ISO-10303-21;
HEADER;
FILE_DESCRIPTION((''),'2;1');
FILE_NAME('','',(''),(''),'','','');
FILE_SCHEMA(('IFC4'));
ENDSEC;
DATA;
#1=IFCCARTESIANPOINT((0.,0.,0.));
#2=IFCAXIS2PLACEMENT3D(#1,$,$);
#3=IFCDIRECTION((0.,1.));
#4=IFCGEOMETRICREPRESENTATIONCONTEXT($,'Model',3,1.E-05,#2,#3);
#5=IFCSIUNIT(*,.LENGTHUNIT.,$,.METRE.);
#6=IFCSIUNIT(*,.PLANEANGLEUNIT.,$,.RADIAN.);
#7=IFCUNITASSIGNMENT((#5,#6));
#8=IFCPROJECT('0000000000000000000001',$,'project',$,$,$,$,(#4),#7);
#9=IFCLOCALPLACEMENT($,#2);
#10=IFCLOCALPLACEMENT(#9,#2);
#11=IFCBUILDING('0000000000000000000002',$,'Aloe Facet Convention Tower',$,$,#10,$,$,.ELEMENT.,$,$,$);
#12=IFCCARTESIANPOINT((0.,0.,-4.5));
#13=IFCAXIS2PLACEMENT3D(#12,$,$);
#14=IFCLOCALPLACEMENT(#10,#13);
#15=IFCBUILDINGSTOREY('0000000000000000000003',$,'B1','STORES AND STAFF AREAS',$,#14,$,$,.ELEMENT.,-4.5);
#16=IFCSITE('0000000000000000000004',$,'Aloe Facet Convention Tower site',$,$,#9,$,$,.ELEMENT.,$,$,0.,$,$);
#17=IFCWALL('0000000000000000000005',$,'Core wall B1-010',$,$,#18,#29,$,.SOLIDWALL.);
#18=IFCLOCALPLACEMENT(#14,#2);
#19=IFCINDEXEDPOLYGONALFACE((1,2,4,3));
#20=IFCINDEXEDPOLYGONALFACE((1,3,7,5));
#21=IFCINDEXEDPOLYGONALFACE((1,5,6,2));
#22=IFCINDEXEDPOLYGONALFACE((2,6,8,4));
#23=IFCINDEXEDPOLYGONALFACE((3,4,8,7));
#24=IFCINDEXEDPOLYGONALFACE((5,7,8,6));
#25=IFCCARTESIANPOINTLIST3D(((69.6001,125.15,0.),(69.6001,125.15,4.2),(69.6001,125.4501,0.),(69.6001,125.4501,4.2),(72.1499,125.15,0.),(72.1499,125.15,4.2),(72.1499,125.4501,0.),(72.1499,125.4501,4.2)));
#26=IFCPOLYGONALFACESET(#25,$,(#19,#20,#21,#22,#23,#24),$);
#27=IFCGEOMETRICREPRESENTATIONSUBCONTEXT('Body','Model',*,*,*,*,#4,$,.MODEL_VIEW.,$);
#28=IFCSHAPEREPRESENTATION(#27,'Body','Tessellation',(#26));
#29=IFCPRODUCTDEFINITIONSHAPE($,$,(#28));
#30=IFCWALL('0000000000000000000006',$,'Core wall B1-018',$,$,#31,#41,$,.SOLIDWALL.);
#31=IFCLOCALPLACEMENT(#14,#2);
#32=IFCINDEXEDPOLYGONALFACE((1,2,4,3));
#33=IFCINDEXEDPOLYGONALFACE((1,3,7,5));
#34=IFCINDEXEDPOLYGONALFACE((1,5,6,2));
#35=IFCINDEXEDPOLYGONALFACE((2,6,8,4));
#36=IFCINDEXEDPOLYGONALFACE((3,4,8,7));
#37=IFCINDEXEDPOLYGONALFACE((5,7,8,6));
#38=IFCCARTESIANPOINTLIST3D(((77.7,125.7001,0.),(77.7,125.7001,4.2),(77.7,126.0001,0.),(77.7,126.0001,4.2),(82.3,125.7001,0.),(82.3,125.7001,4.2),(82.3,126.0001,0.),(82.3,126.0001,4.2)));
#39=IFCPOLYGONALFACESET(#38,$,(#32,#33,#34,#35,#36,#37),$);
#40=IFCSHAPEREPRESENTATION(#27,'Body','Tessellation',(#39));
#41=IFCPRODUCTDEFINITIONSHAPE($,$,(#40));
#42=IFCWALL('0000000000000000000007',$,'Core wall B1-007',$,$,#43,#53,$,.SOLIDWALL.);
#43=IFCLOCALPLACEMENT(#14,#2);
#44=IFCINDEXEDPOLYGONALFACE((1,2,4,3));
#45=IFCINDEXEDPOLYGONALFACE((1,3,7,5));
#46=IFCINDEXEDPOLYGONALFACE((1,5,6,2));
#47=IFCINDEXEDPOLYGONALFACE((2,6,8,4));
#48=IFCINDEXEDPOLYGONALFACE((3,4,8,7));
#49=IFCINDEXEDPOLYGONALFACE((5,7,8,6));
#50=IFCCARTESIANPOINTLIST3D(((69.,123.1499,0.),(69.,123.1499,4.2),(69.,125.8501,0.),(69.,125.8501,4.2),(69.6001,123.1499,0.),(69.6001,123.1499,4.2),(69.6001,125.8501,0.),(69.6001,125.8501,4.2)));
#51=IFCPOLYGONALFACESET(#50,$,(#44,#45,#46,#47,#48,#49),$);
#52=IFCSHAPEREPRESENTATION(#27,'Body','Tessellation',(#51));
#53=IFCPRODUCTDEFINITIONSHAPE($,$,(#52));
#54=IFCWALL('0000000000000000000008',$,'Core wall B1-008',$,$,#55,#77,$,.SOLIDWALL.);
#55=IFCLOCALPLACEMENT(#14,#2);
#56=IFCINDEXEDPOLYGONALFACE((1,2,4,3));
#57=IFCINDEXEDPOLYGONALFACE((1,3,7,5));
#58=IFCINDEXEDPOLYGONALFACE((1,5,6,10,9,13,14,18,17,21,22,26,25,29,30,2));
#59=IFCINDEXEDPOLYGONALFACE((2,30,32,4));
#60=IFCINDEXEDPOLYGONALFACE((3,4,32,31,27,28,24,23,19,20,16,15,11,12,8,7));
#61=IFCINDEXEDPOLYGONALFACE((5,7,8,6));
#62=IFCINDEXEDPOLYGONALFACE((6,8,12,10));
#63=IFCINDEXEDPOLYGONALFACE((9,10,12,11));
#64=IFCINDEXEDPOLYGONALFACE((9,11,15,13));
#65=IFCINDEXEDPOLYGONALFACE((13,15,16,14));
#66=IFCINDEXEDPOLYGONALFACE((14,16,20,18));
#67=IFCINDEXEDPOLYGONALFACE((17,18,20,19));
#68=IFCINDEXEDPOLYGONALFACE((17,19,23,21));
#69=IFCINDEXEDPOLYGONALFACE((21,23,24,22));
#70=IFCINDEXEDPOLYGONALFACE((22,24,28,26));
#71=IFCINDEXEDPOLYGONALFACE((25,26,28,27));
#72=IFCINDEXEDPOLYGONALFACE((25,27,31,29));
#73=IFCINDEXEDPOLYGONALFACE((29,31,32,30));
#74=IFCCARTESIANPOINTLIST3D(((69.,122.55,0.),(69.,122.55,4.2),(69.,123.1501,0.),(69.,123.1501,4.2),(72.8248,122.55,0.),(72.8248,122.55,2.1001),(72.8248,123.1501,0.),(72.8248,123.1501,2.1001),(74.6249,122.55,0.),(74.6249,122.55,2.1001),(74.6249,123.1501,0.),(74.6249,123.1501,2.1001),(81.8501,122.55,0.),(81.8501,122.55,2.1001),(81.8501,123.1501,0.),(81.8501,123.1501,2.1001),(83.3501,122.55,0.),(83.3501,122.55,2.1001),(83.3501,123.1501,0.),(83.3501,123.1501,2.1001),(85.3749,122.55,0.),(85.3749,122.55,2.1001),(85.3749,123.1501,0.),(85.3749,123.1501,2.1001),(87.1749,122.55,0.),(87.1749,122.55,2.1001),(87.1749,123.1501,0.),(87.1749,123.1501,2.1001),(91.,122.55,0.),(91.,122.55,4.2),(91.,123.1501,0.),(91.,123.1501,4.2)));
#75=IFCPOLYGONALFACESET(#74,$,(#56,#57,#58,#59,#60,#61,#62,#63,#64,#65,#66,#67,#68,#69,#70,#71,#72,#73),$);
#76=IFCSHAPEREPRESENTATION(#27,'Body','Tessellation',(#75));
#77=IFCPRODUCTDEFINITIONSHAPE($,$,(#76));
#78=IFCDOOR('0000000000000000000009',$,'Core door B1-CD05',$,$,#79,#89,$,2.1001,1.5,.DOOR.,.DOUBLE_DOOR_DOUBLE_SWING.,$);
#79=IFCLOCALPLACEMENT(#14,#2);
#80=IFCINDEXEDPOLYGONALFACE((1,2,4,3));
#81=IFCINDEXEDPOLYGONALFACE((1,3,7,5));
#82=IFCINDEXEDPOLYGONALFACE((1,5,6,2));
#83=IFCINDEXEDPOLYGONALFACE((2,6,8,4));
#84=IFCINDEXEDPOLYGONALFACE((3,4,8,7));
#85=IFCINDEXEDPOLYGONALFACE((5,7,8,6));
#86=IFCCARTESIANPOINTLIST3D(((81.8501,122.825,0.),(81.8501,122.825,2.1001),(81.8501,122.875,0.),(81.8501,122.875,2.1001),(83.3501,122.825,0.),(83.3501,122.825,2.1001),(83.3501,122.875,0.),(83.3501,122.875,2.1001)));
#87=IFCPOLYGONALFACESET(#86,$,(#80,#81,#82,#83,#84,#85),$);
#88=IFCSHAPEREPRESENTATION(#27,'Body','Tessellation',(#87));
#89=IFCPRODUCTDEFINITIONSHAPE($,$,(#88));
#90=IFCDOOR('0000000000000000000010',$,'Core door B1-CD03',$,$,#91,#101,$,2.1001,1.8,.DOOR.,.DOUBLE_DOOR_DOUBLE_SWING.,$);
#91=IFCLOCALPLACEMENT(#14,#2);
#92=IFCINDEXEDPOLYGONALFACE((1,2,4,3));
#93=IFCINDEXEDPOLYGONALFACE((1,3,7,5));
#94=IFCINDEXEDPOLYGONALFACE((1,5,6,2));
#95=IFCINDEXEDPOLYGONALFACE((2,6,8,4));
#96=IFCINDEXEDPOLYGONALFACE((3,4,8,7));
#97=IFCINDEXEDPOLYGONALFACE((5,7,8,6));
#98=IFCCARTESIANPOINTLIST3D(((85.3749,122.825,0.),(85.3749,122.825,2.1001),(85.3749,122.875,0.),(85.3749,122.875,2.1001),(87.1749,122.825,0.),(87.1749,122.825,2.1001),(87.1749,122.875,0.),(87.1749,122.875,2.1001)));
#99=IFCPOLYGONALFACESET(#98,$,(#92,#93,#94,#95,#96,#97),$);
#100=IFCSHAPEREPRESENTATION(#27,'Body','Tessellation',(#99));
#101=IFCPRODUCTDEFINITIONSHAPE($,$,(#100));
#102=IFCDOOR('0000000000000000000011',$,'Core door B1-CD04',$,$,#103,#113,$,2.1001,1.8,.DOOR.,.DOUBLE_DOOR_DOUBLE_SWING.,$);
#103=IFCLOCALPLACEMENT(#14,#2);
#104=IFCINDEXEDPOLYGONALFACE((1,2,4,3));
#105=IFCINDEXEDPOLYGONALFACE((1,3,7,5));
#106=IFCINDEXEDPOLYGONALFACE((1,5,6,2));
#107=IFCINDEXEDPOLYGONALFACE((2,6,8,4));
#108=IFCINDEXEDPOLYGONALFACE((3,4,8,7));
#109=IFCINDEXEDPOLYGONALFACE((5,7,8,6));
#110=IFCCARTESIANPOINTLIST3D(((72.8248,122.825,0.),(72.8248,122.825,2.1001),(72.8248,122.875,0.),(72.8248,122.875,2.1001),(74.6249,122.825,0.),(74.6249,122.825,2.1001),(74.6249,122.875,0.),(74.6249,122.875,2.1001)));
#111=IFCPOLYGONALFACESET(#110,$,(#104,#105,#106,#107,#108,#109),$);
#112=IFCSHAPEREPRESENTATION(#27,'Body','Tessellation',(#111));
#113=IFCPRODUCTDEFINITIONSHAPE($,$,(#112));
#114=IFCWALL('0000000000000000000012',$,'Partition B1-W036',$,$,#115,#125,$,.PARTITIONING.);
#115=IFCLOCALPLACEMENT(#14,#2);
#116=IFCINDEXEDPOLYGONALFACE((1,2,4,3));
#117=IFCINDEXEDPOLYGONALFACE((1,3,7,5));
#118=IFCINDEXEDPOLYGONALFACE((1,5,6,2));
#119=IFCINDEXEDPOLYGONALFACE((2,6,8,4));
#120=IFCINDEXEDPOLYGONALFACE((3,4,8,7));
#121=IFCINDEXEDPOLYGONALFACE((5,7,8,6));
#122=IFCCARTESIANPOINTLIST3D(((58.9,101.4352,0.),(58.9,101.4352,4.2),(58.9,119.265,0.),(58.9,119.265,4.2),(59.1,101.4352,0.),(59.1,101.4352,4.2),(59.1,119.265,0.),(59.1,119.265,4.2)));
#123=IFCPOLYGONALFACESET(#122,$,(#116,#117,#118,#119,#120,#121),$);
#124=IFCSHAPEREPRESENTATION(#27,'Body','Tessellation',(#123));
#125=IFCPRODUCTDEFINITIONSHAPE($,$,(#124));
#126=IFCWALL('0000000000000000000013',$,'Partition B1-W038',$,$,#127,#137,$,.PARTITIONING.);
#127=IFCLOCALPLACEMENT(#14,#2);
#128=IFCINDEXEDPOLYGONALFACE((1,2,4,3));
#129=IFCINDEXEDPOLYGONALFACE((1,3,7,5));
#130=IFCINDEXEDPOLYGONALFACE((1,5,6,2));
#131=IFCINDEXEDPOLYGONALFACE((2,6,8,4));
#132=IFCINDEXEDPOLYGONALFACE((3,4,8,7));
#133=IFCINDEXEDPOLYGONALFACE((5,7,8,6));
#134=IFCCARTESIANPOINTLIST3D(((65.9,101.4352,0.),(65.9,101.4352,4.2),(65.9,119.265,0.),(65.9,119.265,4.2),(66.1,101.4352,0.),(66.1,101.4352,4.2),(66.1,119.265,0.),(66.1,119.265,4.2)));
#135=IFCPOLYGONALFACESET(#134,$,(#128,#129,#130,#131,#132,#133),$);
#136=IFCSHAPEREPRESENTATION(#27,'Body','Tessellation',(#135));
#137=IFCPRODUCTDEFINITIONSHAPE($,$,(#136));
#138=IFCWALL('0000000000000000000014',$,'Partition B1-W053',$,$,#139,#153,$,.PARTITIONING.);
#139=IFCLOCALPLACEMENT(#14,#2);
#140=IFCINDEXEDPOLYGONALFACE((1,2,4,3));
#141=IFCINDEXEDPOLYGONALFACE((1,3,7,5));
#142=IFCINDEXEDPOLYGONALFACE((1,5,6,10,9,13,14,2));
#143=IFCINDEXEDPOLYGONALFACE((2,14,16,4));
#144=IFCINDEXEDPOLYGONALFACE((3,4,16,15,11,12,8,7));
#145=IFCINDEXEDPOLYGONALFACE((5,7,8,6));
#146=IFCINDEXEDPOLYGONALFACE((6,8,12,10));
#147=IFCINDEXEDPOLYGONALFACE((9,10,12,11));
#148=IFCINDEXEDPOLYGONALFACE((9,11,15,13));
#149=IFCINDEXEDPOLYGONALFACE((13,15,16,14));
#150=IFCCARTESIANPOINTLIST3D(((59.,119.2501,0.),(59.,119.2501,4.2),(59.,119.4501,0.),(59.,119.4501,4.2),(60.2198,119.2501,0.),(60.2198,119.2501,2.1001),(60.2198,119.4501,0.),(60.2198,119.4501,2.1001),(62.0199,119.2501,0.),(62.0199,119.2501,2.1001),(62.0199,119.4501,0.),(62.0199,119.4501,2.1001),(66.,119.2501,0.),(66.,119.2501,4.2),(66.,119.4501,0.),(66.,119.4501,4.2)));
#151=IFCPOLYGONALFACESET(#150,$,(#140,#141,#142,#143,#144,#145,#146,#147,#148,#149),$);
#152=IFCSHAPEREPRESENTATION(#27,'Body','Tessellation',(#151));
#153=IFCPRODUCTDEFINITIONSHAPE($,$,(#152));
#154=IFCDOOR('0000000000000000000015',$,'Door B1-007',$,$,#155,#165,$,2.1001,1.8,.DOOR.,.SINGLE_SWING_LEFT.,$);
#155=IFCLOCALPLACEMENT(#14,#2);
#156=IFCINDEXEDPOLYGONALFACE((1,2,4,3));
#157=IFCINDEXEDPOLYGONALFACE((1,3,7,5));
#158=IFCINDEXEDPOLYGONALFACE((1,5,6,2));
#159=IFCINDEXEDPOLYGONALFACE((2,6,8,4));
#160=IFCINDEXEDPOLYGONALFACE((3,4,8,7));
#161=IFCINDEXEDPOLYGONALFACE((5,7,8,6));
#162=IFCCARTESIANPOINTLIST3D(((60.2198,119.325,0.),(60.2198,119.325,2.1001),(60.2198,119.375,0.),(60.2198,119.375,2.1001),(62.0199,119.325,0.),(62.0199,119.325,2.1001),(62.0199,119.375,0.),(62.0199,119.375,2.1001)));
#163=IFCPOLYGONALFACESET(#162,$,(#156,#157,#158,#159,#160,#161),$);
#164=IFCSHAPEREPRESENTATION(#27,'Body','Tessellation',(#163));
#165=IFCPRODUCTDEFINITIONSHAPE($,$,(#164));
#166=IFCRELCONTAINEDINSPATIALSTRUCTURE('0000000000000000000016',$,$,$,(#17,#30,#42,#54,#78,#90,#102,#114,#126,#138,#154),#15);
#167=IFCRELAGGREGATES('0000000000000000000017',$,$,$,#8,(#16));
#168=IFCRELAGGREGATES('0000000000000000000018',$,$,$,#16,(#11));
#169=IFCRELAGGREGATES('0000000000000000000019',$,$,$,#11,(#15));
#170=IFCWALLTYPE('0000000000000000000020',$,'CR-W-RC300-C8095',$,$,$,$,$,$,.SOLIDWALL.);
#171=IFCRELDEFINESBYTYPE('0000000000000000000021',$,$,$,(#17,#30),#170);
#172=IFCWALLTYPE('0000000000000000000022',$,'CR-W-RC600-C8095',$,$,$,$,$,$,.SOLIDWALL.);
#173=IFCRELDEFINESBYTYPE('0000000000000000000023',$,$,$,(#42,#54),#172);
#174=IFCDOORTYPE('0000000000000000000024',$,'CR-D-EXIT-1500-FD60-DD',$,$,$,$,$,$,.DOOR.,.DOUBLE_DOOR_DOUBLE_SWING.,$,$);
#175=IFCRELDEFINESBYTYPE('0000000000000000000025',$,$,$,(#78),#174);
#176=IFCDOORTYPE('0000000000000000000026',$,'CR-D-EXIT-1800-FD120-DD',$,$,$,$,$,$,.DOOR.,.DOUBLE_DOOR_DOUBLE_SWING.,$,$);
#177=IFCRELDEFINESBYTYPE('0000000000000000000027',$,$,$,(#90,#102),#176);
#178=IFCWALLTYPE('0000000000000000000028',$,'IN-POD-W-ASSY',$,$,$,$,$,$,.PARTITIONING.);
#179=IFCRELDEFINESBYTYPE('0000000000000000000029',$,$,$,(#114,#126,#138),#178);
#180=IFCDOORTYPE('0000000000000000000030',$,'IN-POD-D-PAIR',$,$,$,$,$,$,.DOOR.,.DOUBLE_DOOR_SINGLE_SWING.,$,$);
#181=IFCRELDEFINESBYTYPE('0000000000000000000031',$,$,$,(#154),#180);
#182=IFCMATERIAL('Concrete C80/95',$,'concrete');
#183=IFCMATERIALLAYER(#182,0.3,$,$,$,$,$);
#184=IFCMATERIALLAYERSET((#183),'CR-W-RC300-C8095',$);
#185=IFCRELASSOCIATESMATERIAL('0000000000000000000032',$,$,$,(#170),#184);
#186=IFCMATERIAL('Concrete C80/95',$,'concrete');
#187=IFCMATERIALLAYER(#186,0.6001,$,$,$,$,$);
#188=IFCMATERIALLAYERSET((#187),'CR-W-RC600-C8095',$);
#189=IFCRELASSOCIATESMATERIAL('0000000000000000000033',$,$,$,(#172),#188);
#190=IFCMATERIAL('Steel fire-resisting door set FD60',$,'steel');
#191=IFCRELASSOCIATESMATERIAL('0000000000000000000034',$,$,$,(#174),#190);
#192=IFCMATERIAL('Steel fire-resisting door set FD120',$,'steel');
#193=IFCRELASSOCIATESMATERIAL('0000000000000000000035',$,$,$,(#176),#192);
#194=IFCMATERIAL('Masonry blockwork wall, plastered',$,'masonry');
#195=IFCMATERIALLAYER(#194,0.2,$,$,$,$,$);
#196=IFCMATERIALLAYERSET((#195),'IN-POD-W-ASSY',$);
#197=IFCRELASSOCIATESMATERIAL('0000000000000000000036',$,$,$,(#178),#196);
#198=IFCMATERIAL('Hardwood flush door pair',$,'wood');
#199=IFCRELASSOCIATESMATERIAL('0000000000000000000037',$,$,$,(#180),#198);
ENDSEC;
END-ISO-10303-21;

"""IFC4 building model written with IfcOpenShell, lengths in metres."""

from ifc_helpers import new_model, si_unit, direction, frame, frame_2d, origin, place, context, subcontext, project, spatial, rectangle, extrude, material, layer, layer_set, type_object, element, fill, save


model = new_model("IFC4")

# Units and contexts
model_context = context("Model", 3, precision=1e-05, world=origin(), true_north=direction((0.0, 1.0)))
body_context = subcontext(model_context, "Body", "Model", "MODEL_VIEW")
ifc_project = project(units=[si_unit("LENGTHUNIT", "METRE"), si_unit("PLANEANGLEUNIT", "RADIAN")], contexts=[model_context])

# Site, building, storey
site_placement = place(None, origin())
site = spatial("IfcSite", under=ifc_project, at=site_placement, Name="Aloe Facet Convention Tower site", CompositionType="ELEMENT", RefElevation=0.0)
building_placement = place(site_placement, origin())
building = spatial("IfcBuilding", under=site, at=building_placement, Name="Aloe Facet Convention Tower", CompositionType="ELEMENT")
storey_placement = place(building_placement, frame((0.0, 0.0, -4.5)))
storey = spatial("IfcBuildingStorey", under=building, at=storey_placement, Name="B1", Description="STORES AND STAFF AREAS", CompositionType="ELEMENT", Elevation=-4.5)

# Walls
ifc_material_1 = material(Name="Concrete C80/95", Category="concrete")
ifc_layer_1 = layer(ifc_material_1, 0.3)
ifc_layer_set_1 = layer_set([ifc_layer_1], Name="CR-W-RC300-C8095")
wall_type_1 = type_object("IfcWallType", Name="CR-W-RC300-C8095", PredefinedType="SOLIDWALL", material=ifc_layer_set_1)
wall_1_placement = place(storey_placement, frame((69.6001, 125.3, 0.0), z_axis=(0.0, 0.0, 1.0), x_axis=(1.0, 0.0, 0.0)))
element("IfcWall", 1, at=wall_1_placement, inside=storey, type_object=wall_type_1, Name="Core wall B1-010", PredefinedType="SOLIDWALL", context=body_context, shape_type="SweptSolid", body=[
    extrude(rectangle(XDim=2.5498, YDim=0.3, at=frame_2d((1.2749, 0.0))), origin(), (0.0, 0.0, 1.0), 4.2),
])
wall_2_placement = place(storey_placement, frame((77.7, 125.8501, 0.0), z_axis=(0.0, 0.0, 1.0), x_axis=(1.0, 0.0, 0.0)))
element("IfcWall", 2, at=wall_2_placement, inside=storey, type_object=wall_type_1, Name="Core wall B1-018", PredefinedType="SOLIDWALL", context=body_context, shape_type="SweptSolid", body=[
    extrude(rectangle(XDim=4.6001, YDim=0.3, at=frame_2d((2.3, 0.0))), origin(), (0.0, 0.0, 1.0), 4.2),
])
ifc_material_2 = material(Name="Concrete C80/95", Category="concrete")
ifc_layer_2 = layer(ifc_material_2, 0.6001)
ifc_layer_set_2 = layer_set([ifc_layer_2], Name="CR-W-RC600-C8095")
wall_type_2 = type_object("IfcWallType", Name="CR-W-RC600-C8095", PredefinedType="SOLIDWALL", material=ifc_layer_set_2)
wall_3_placement = place(storey_placement, frame((69.3, 125.8501, 0.0), z_axis=(0.0, 0.0, 1.0), x_axis=(0.0, -1.0, 0.0)))
element("IfcWall", 3, at=wall_3_placement, inside=storey, type_object=wall_type_2, Name="Core wall B1-007", PredefinedType="SOLIDWALL", context=body_context, shape_type="SweptSolid", body=[
    extrude(rectangle(XDim=2.7002, YDim=0.6001, at=frame_2d((1.3501, 0.0))), origin(), (0.0, 0.0, 1.0), 4.2),
])

# Wall, openings, doors
wall_4_placement = place(storey_placement, frame((69.0, 122.8501, 0.0), z_axis=(0.0, 0.0, 1.0), x_axis=(1.0, 0.0, 0.0)))
wall_4 = element("IfcWall", 4, at=wall_4_placement, inside=storey, type_object=wall_type_2, Name="Core wall B1-008", PredefinedType="SOLIDWALL", context=body_context, shape_type="SweptSolid", body=[
    extrude(rectangle(XDim=22.0, YDim=0.6001, at=frame_2d((11.0, 0.0))), origin(), (0.0, 0.0, 1.0), 4.2),
])
opening_1_placement = place(wall_4_placement, frame((16.375, 0.0, 0.0)))
opening_1 = element("IfcOpeningElement", 5, at=opening_1_placement, cuts=wall_4, PredefinedType="OPENING", context=body_context, shape_type="SweptSolid", body=[
    extrude(rectangle(XDim=1.8, YDim=2.1001, at=frame_2d((0.8999, 1.05))), frame((0.0, 0.3101, 0.0), z_axis=(0.0, -1.0, 0.0), x_axis=(1.0, 0.0, 0.0)), (0.0, 0.0, 1.0), 0.6201),
])
opening_2_placement = place(wall_4_placement, frame((3.825, 0.0, 0.0)))
opening_2 = element("IfcOpeningElement", 6, at=opening_2_placement, cuts=wall_4, PredefinedType="OPENING", context=body_context, shape_type="SweptSolid", body=[
    extrude(rectangle(XDim=1.8, YDim=2.1001, at=frame_2d((0.8999, 1.05))), frame((0.0, 0.3101, 0.0), z_axis=(0.0, -1.0, 0.0), x_axis=(1.0, 0.0, 0.0)), (0.0, 0.0, 1.0), 0.6201),
])
opening_3_placement = place(wall_4_placement, frame((12.8501, 0.0, 0.0)))
opening_3 = element("IfcOpeningElement", 7, at=opening_3_placement, cuts=wall_4, PredefinedType="OPENING", context=body_context, shape_type="SweptSolid", body=[
    extrude(rectangle(XDim=1.5, YDim=2.1001, at=frame_2d((0.75, 1.05))), frame((0.0, 0.3101, 0.0), z_axis=(0.0, -1.0, 0.0), x_axis=(1.0, 0.0, 0.0)), (0.0, 0.0, 1.0), 0.6201),
])
ifc_material_3 = material(Name="Steel fire-resisting door set FD60", Category="steel")
door_type_1 = type_object("IfcDoorType", Name="CR-D-EXIT-1500-FD60-DD", OperationType="DOUBLE_DOOR_DOUBLE_SWING", PredefinedType="DOOR", material=ifc_material_3)
door_1_placement = place(opening_3_placement, origin())
door_1 = element("IfcDoor", 8, at=door_1_placement, inside=storey, type_object=door_type_1, Name="Core door B1-CD05", OperationType="DOUBLE_DOOR_DOUBLE_SWING", OverallHeight=2.1001, OverallWidth=1.5, PredefinedType="DOOR", context=body_context, shape_type="SweptSolid", body=[
    extrude(rectangle(XDim=1.5, YDim=2.1001, at=frame_2d((0.75, 1.05))), frame((0.0, 0.0249, 0.0), z_axis=(0.0, -1.0, 0.0), x_axis=(1.0, 0.0, 0.0)), (0.0, 0.0, 1.0), 0.05),
])
fill(opening_3, door_1)
ifc_material_4 = material(Name="Steel fire-resisting door set FD120", Category="steel")
door_type_2 = type_object("IfcDoorType", Name="CR-D-EXIT-1800-FD120-DD", OperationType="DOUBLE_DOOR_DOUBLE_SWING", PredefinedType="DOOR", material=ifc_material_4)
door_2_placement = place(opening_1_placement, origin())
door_2 = element("IfcDoor", 9, at=door_2_placement, inside=storey, type_object=door_type_2, Name="Core door B1-CD03", OperationType="DOUBLE_DOOR_DOUBLE_SWING", OverallHeight=2.1001, OverallWidth=1.8, PredefinedType="DOOR", context=body_context, shape_type="SweptSolid", body=[
    extrude(rectangle(XDim=1.8, YDim=2.1001, at=frame_2d((0.8999, 1.05))), frame((0.0, 0.0249, 0.0), z_axis=(0.0, -1.0, 0.0), x_axis=(1.0, 0.0, 0.0)), (0.0, 0.0, 1.0), 0.05),
])
fill(opening_1, door_2)
door_3_placement = place(opening_2_placement, origin())
door_3 = element("IfcDoor", 10, at=door_3_placement, inside=storey, type_object=door_type_2, Name="Core door B1-CD04", OperationType="DOUBLE_DOOR_DOUBLE_SWING", OverallHeight=2.1001, OverallWidth=1.8, PredefinedType="DOOR", context=body_context, shape_type="SweptSolid", body=[
    extrude(rectangle(XDim=1.8, YDim=2.1001, at=frame_2d((0.8999, 1.05))), frame((0.0, 0.0249, 0.0), z_axis=(0.0, -1.0, 0.0), x_axis=(1.0, 0.0, 0.0)), (0.0, 0.0, 1.0), 0.05),
])
fill(opening_2, door_3)

# Walls
ifc_material_5 = material(Name="Masonry blockwork wall, plastered", Category="masonry")
ifc_layer_3 = layer(ifc_material_5, 0.2)
ifc_layer_set_3 = layer_set([ifc_layer_3], Name="IN-POD-W-ASSY")
wall_type_3 = type_object("IfcWallType", Name="IN-POD-W-ASSY", PredefinedType="PARTITIONING", material=ifc_layer_set_3)
for number, where, z_axis, x_axis, name in (
    (11, (59.0, 101.4351, 0.0), (0.0, 0.0, 1.0), (0.0, 1.0, 0.0), "Partition B1-W036"),
    (12, (66.0, 101.4351, 0.0), (0.0, 0.0, 1.0), (0.0, 1.0, 0.0), "Partition B1-W038"),
):
    element("IfcWall", number, at=place(storey_placement, frame(where, z_axis=z_axis, x_axis=x_axis)), inside=storey, type_object=wall_type_3, Name=name, PredefinedType="PARTITIONING", context=body_context, shape_type="SweptSolid", body=[
        extrude(rectangle(XDim=17.8298, YDim=0.2, at=frame_2d((8.915, 0.0))), origin(), (0.0, 0.0, 1.0), 4.2),
    ])

# Wall, opening, door
wall_5_placement = place(storey_placement, frame((59.0, 119.3501, 0.0), z_axis=(0.0, 0.0, 1.0), x_axis=(1.0, 0.0, 0.0)))
wall_5 = element("IfcWall", 13, at=wall_5_placement, inside=storey, type_object=wall_type_3, Name="Partition B1-W053", PredefinedType="PARTITIONING", context=body_context, shape_type="SweptSolid", body=[
    extrude(rectangle(XDim=7.0, YDim=0.2, at=frame_2d((3.5, 0.0))), origin(), (0.0, 0.0, 1.0), 4.2),
])
opening_4_placement = place(wall_5_placement, frame((1.22, 0.0, 0.0)))
opening_4 = element("IfcOpeningElement", 14, at=opening_4_placement, cuts=wall_5, PredefinedType="OPENING", context=body_context, shape_type="SweptSolid", body=[
    extrude(rectangle(XDim=1.8, YDim=2.1001, at=frame_2d((0.8999, 1.05))), frame((0.0, 0.1099, 0.0), z_axis=(0.0, -1.0, 0.0), x_axis=(1.0, 0.0, 0.0)), (0.0, 0.0, 1.0), 0.22),
])
ifc_material_6 = material(Name="Hardwood flush door pair", Category="wood")
door_type_3 = type_object("IfcDoorType", Name="IN-POD-D-PAIR", OperationType="DOUBLE_DOOR_SINGLE_SWING", PredefinedType="DOOR", material=ifc_material_6)
door_4_placement = place(opening_4_placement, origin())
door_4 = element("IfcDoor", 15, at=door_4_placement, inside=storey, type_object=door_type_3, Name="Door B1-007", OperationType="SINGLE_SWING_LEFT", OverallHeight=2.1001, OverallWidth=1.8, PredefinedType="DOOR", context=body_context, shape_type="SweptSolid", body=[
    extrude(rectangle(XDim=1.8, YDim=2.1001, at=frame_2d((0.8999, 1.05))), frame((0.0, 0.0249, 0.0), z_axis=(0.0, -1.0, 0.0), x_axis=(1.0, 0.0, 0.0)), (0.0, 0.0, 1.0), 0.05),
])
fill(opening_4, door_4)

save(model, "model.ifc")
